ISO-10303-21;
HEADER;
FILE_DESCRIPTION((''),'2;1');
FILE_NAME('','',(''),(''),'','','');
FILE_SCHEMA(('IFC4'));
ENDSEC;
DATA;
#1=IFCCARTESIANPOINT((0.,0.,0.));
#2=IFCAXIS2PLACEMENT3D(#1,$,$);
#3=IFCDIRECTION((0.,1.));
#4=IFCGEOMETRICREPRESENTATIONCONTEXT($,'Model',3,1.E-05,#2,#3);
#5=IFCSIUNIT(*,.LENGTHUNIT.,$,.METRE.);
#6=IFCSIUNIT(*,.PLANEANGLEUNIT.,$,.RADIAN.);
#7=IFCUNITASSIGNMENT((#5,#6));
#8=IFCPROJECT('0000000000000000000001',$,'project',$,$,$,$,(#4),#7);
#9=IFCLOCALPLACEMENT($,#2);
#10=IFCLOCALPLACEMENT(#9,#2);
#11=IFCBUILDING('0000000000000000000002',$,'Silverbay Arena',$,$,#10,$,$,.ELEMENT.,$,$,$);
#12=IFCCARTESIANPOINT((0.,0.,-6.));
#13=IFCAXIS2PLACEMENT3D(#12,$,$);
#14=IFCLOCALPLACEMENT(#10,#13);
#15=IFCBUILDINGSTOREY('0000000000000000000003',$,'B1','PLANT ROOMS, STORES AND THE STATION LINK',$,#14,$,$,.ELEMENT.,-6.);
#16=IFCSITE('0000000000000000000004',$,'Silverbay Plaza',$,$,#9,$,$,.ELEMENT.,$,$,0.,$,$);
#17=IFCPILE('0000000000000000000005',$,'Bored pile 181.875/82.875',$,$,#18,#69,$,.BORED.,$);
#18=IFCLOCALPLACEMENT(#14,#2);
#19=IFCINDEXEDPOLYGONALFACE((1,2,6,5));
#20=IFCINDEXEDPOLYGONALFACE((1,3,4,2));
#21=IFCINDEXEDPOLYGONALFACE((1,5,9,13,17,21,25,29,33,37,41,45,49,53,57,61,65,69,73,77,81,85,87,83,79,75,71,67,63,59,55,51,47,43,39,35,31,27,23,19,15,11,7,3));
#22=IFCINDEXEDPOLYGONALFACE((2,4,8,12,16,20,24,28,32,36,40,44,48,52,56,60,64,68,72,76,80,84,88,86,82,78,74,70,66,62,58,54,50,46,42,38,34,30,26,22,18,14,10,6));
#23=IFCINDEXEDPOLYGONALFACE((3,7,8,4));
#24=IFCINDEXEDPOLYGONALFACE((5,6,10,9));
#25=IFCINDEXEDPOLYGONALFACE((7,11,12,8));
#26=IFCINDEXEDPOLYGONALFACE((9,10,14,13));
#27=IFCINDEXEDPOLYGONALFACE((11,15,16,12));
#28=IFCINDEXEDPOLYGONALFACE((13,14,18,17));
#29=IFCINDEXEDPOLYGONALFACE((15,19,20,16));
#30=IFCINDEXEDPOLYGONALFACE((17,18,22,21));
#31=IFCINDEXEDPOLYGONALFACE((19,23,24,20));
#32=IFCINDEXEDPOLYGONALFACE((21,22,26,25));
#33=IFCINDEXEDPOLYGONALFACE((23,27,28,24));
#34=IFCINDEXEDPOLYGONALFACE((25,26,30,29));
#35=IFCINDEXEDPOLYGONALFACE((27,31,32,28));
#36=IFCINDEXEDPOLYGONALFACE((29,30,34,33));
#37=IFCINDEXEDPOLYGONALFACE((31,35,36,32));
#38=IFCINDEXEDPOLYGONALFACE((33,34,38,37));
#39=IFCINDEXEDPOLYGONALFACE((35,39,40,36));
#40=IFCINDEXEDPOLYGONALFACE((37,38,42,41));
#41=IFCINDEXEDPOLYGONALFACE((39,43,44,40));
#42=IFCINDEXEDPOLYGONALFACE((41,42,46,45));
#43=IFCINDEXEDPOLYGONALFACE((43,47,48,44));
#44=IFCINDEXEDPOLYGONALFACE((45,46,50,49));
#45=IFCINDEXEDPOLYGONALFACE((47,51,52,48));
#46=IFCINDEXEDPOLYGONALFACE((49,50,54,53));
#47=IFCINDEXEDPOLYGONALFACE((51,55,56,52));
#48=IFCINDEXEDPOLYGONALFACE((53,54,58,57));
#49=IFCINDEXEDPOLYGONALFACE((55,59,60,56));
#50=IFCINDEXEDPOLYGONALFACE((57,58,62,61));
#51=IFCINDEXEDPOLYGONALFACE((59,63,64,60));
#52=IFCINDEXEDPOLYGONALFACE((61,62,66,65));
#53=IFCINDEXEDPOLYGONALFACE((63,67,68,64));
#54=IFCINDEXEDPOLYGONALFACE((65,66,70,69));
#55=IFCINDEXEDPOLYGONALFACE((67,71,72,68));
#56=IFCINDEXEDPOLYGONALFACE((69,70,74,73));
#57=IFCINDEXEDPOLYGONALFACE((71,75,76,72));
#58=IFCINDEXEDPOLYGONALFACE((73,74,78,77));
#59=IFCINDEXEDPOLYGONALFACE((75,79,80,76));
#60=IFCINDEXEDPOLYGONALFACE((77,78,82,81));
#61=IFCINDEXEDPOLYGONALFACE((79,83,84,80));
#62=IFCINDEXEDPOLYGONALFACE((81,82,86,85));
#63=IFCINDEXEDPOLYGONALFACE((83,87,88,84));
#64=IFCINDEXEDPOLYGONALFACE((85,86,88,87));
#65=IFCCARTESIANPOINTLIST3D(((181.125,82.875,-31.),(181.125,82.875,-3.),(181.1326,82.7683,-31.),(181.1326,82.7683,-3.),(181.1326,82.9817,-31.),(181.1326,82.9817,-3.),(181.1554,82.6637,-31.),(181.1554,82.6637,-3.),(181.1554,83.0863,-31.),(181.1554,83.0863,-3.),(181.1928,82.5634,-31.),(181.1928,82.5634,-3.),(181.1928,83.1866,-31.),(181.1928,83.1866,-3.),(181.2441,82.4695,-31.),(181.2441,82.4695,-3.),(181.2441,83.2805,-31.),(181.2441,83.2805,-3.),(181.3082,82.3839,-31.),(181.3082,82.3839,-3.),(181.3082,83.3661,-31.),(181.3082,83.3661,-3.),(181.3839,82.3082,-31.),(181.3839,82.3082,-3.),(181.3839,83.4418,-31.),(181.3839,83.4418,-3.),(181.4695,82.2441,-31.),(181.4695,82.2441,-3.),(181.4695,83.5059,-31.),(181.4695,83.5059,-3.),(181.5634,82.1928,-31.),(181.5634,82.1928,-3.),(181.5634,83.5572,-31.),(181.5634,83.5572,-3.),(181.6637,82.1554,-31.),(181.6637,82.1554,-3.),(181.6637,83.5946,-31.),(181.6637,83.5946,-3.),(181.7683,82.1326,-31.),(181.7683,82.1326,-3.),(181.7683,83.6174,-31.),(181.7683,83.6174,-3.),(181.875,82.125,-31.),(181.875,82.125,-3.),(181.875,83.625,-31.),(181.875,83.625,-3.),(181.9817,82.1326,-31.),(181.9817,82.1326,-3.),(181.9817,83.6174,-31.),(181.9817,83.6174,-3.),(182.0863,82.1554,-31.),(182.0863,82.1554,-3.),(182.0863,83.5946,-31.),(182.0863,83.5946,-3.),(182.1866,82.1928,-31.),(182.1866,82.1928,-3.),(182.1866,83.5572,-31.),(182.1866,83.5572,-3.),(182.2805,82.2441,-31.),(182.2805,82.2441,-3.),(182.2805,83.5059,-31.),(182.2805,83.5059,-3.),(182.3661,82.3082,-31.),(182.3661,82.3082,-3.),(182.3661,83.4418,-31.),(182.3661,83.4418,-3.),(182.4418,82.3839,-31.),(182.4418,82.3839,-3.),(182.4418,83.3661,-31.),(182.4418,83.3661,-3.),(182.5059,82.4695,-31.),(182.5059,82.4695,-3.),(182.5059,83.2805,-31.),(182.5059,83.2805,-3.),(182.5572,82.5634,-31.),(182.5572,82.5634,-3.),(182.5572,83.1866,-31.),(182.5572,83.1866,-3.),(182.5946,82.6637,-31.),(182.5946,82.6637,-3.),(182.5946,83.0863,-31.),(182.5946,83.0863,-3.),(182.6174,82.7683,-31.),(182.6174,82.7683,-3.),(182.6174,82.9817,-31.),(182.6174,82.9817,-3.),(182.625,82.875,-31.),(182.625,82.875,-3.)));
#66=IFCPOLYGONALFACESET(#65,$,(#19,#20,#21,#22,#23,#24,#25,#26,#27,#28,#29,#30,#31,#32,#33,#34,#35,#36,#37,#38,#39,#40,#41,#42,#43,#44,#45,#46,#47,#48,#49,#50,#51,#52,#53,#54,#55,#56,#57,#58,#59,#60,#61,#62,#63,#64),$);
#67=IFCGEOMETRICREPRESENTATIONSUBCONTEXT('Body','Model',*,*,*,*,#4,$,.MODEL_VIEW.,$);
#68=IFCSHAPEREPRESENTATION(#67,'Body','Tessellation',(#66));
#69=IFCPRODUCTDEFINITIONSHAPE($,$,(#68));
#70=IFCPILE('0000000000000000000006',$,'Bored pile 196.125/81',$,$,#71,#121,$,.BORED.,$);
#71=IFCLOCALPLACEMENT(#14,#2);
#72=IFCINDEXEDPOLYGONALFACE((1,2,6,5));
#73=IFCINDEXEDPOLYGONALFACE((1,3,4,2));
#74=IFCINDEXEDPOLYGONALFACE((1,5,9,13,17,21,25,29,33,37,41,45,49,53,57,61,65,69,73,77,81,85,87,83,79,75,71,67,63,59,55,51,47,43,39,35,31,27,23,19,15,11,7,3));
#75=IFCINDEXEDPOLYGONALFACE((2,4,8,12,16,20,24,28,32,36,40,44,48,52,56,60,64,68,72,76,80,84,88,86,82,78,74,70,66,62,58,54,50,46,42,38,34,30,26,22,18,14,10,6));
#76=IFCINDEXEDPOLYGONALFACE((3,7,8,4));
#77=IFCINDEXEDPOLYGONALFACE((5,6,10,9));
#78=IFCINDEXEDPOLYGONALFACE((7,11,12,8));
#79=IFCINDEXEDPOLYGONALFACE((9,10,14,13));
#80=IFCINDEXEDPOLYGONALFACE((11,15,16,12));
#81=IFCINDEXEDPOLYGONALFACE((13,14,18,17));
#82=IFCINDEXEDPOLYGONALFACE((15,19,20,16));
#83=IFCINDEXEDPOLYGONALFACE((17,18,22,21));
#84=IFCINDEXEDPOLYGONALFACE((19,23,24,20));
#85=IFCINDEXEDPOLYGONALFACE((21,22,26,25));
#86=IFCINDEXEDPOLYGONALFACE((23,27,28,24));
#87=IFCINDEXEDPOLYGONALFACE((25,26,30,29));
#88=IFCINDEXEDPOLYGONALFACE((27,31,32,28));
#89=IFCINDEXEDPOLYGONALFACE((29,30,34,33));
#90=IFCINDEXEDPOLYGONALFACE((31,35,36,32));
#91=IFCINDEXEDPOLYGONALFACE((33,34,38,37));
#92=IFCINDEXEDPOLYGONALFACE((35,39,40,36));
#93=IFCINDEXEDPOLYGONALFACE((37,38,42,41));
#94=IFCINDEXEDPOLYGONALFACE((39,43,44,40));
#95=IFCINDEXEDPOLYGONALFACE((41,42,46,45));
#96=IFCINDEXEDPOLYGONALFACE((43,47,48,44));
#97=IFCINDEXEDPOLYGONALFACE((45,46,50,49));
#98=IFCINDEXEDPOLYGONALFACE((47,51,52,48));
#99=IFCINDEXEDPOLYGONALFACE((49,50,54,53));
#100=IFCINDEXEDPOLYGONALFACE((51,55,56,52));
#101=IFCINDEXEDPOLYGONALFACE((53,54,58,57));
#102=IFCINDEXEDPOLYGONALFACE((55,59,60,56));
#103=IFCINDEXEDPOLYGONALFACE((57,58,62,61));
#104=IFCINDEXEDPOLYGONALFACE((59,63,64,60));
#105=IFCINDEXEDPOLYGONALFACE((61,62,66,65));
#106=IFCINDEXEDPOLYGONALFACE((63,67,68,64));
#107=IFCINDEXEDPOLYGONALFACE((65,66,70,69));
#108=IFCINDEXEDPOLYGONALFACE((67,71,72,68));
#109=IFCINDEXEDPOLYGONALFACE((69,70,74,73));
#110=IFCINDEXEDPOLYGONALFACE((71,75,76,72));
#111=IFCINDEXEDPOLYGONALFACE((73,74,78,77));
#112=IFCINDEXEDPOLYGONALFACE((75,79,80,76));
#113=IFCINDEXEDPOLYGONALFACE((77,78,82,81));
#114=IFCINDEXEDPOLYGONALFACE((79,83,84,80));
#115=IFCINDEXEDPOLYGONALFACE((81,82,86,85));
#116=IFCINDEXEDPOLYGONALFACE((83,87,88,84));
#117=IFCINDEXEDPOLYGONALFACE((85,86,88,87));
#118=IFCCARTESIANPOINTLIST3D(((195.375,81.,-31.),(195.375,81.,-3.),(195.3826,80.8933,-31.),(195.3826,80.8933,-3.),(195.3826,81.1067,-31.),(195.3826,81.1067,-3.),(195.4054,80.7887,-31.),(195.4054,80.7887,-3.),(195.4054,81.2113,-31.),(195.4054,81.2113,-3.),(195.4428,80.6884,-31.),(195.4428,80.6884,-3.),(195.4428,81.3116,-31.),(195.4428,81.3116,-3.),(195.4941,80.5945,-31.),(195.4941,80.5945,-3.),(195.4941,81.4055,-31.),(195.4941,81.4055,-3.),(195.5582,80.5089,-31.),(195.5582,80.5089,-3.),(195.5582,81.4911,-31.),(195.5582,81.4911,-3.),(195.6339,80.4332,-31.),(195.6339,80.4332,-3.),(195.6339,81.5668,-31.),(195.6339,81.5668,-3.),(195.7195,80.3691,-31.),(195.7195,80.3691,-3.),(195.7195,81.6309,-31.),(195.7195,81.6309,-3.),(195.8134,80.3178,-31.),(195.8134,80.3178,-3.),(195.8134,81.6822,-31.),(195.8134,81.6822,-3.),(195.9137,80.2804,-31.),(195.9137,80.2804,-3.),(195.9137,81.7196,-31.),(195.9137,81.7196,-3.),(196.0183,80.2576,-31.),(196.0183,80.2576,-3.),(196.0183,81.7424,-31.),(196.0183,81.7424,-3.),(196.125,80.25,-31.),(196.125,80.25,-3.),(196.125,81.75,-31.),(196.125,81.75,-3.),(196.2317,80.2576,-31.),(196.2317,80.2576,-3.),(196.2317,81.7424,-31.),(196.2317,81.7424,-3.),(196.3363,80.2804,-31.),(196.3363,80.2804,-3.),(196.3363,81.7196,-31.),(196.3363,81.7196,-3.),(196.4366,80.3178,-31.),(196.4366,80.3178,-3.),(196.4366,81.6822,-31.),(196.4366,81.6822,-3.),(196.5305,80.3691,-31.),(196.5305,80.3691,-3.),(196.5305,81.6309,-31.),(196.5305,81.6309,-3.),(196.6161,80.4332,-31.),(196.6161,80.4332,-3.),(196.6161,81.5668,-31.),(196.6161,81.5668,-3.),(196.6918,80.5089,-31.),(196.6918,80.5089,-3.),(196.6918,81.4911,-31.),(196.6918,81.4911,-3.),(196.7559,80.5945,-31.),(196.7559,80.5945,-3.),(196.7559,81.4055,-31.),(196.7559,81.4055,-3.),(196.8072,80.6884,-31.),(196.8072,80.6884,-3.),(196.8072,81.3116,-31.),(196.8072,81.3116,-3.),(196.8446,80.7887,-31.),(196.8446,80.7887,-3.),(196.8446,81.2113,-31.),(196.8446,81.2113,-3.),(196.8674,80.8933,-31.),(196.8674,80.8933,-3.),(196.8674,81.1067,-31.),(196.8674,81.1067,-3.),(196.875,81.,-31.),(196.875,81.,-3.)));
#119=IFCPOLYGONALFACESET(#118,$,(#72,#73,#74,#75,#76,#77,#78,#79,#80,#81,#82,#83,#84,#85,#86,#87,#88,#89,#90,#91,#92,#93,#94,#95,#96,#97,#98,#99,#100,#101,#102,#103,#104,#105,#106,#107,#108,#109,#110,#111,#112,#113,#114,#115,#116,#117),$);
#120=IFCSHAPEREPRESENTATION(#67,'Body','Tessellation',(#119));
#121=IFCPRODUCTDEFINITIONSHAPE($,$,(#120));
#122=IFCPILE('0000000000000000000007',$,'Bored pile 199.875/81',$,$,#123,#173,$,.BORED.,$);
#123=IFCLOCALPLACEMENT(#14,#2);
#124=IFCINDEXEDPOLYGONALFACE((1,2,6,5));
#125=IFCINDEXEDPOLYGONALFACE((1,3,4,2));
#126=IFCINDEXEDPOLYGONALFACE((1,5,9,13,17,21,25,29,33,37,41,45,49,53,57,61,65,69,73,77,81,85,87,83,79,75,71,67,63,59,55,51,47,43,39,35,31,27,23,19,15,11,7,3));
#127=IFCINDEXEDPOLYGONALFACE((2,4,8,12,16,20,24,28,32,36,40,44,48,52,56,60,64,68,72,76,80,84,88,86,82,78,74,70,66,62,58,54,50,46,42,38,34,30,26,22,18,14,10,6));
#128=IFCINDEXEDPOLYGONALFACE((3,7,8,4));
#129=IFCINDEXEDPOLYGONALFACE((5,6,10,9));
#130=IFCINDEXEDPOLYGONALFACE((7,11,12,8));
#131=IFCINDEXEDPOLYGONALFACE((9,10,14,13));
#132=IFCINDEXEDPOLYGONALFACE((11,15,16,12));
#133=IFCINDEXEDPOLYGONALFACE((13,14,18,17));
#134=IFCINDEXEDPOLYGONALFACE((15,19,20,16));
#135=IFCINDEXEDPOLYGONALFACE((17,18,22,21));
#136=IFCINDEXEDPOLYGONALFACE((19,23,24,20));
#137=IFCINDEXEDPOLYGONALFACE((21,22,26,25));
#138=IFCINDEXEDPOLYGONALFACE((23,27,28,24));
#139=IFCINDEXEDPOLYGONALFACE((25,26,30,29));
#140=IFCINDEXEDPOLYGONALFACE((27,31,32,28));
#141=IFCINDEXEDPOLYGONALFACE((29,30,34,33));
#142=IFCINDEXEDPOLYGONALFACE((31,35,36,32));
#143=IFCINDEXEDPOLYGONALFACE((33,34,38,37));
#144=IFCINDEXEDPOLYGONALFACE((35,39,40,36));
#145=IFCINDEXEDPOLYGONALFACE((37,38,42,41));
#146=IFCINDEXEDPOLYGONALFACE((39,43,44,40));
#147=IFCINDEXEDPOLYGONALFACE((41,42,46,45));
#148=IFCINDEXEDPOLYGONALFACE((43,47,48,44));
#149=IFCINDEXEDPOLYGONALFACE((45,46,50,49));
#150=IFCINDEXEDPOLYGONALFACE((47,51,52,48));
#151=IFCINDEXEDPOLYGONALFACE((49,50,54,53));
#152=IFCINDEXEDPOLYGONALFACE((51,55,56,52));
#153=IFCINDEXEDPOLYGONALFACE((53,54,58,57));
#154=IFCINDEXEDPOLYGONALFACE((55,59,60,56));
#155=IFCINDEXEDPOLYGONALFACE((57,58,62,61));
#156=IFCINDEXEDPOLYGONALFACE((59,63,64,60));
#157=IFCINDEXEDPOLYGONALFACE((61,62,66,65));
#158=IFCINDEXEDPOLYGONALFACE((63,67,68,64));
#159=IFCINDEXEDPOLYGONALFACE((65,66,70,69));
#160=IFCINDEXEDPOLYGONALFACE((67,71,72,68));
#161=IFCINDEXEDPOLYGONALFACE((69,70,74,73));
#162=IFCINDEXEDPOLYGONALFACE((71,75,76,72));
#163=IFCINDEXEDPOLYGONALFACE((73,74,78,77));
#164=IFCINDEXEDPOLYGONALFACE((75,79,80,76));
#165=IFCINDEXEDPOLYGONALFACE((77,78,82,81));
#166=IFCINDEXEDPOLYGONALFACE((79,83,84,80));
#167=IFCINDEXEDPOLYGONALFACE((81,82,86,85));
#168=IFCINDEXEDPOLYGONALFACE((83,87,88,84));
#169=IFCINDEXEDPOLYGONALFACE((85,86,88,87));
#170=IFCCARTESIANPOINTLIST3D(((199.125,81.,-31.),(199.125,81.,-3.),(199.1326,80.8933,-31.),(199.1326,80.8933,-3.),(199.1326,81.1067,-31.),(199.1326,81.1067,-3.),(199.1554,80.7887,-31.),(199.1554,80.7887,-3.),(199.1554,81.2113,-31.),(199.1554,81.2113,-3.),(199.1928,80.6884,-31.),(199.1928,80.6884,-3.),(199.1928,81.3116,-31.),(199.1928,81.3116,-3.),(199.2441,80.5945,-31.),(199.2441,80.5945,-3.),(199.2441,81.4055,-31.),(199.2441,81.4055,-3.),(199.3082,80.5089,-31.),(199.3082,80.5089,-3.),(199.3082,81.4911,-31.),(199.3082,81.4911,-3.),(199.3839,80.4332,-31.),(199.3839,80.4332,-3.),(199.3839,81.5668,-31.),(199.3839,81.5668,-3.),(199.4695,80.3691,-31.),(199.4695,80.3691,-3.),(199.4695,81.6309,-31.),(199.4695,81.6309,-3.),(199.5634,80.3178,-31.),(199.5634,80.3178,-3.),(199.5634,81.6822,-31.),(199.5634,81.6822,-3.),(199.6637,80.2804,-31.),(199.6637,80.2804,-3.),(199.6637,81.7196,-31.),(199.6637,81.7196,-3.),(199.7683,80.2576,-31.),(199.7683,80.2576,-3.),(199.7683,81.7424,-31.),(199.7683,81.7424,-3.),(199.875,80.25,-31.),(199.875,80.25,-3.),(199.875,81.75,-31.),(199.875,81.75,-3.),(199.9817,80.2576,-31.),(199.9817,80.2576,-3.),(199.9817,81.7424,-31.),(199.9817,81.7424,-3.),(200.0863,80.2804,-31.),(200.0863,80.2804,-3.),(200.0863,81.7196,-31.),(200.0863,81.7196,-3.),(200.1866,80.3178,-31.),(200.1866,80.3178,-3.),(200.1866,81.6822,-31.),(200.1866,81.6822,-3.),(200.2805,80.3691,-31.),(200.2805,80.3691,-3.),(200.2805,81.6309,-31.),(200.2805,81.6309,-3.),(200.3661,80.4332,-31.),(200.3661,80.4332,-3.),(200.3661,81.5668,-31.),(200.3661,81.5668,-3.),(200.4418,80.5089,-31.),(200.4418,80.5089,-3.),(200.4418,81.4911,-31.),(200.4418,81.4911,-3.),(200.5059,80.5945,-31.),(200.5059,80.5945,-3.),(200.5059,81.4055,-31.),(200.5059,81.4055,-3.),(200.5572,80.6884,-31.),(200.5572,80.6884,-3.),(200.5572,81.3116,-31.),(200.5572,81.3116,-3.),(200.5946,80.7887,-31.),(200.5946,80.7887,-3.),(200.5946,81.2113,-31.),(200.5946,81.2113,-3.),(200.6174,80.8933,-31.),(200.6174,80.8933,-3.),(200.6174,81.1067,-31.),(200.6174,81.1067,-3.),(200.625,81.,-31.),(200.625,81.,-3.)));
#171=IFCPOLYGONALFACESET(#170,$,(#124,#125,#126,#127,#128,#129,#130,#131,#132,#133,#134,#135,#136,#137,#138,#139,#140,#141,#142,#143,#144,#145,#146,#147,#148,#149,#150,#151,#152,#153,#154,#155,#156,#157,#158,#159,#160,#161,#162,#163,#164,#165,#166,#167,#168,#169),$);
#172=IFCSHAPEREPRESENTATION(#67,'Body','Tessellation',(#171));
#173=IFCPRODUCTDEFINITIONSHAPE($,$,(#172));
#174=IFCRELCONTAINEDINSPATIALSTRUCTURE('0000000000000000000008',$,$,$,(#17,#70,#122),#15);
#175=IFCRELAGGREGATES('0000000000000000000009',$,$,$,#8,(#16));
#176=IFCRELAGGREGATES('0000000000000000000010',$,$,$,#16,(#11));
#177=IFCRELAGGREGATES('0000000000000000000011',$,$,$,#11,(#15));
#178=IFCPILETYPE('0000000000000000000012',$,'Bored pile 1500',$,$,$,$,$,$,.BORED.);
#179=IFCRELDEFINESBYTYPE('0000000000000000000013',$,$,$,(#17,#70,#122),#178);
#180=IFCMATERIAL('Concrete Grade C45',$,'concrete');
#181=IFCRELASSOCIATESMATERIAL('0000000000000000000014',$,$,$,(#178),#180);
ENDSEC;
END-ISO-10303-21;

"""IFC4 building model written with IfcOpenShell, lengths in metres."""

from ifc_helpers import new_model, si_unit, direction, frame, origin, origin_2d, place, context, subcontext, project, spatial, circle, extrude, material, material_profile, profile_set, type_object, element, save


model = new_model("IFC4")

# Units and contexts
model_context = context("Model", 3, precision=1e-05, world=origin(), true_north=direction((0.0, 1.0)))
body_context = subcontext(model_context, "Body", "Model", "MODEL_VIEW")
ifc_project = project(units=[si_unit("LENGTHUNIT", "METRE"), si_unit("PLANEANGLEUNIT", "RADIAN")], contexts=[model_context])

# Site, building, storey
site_placement = place(None, origin())
site = spatial("IfcSite", under=ifc_project, at=site_placement, Name="Silverbay Plaza", CompositionType="ELEMENT", RefElevation=0.0)
building_placement = place(site_placement, origin())
building = spatial("IfcBuilding", under=site, at=building_placement, Name="Silverbay Arena", CompositionType="ELEMENT")
storey_placement = place(building_placement, frame((0.0, 0.0, -6.0)))
storey = spatial("IfcBuildingStorey", under=building, at=storey_placement, Name="B1", Description="PLANT ROOMS, STORES AND THE STATION LINK", CompositionType="ELEMENT", Elevation=-6.0)

# Piles
ifc_material_1 = material(Name="Concrete Grade C45", Category="concrete")
ifc_material_profile_1 = material_profile(ifc_material_1, circle(Radius=0.75, at=origin_2d()), Name="Bored pile 1500")
ifc_profile_set_1 = profile_set([ifc_material_profile_1], Name="Concrete Grade C45")
pile_type_1 = type_object("IfcPileType", Name="Bored pile 1500", PredefinedType="BORED", material=ifc_profile_set_1)
for number, where, z_axis, x_axis, name in (
    (1, (181.875, 82.875, -3.0), (0.0, 0.0, -1.0), (1.0, 0.0, 0.0), "Bored pile 181.875/82.875"),
    (2, (196.125, 81.0, -3.0), (0.0, 0.0, -1.0), (1.0, 0.0, 0.0), "Bored pile 196.125/81"),
    (3, (199.875, 81.0, -3.0), (0.0, 0.0, -1.0), (1.0, 0.0, 0.0), "Bored pile 199.875/81"),
):
    element("IfcPile", number, at=place(storey_placement, frame(where, z_axis=z_axis, x_axis=x_axis)), inside=storey, type_object=pile_type_1, Name=name, PredefinedType="BORED", context=body_context, shape_type="SweptSolid", body=[
        extrude(circle(Radius=0.75, at=origin_2d()), origin(), (0.0, 0.0, 1.0), 28.0),
    ])

save(model, "model.ifc")
